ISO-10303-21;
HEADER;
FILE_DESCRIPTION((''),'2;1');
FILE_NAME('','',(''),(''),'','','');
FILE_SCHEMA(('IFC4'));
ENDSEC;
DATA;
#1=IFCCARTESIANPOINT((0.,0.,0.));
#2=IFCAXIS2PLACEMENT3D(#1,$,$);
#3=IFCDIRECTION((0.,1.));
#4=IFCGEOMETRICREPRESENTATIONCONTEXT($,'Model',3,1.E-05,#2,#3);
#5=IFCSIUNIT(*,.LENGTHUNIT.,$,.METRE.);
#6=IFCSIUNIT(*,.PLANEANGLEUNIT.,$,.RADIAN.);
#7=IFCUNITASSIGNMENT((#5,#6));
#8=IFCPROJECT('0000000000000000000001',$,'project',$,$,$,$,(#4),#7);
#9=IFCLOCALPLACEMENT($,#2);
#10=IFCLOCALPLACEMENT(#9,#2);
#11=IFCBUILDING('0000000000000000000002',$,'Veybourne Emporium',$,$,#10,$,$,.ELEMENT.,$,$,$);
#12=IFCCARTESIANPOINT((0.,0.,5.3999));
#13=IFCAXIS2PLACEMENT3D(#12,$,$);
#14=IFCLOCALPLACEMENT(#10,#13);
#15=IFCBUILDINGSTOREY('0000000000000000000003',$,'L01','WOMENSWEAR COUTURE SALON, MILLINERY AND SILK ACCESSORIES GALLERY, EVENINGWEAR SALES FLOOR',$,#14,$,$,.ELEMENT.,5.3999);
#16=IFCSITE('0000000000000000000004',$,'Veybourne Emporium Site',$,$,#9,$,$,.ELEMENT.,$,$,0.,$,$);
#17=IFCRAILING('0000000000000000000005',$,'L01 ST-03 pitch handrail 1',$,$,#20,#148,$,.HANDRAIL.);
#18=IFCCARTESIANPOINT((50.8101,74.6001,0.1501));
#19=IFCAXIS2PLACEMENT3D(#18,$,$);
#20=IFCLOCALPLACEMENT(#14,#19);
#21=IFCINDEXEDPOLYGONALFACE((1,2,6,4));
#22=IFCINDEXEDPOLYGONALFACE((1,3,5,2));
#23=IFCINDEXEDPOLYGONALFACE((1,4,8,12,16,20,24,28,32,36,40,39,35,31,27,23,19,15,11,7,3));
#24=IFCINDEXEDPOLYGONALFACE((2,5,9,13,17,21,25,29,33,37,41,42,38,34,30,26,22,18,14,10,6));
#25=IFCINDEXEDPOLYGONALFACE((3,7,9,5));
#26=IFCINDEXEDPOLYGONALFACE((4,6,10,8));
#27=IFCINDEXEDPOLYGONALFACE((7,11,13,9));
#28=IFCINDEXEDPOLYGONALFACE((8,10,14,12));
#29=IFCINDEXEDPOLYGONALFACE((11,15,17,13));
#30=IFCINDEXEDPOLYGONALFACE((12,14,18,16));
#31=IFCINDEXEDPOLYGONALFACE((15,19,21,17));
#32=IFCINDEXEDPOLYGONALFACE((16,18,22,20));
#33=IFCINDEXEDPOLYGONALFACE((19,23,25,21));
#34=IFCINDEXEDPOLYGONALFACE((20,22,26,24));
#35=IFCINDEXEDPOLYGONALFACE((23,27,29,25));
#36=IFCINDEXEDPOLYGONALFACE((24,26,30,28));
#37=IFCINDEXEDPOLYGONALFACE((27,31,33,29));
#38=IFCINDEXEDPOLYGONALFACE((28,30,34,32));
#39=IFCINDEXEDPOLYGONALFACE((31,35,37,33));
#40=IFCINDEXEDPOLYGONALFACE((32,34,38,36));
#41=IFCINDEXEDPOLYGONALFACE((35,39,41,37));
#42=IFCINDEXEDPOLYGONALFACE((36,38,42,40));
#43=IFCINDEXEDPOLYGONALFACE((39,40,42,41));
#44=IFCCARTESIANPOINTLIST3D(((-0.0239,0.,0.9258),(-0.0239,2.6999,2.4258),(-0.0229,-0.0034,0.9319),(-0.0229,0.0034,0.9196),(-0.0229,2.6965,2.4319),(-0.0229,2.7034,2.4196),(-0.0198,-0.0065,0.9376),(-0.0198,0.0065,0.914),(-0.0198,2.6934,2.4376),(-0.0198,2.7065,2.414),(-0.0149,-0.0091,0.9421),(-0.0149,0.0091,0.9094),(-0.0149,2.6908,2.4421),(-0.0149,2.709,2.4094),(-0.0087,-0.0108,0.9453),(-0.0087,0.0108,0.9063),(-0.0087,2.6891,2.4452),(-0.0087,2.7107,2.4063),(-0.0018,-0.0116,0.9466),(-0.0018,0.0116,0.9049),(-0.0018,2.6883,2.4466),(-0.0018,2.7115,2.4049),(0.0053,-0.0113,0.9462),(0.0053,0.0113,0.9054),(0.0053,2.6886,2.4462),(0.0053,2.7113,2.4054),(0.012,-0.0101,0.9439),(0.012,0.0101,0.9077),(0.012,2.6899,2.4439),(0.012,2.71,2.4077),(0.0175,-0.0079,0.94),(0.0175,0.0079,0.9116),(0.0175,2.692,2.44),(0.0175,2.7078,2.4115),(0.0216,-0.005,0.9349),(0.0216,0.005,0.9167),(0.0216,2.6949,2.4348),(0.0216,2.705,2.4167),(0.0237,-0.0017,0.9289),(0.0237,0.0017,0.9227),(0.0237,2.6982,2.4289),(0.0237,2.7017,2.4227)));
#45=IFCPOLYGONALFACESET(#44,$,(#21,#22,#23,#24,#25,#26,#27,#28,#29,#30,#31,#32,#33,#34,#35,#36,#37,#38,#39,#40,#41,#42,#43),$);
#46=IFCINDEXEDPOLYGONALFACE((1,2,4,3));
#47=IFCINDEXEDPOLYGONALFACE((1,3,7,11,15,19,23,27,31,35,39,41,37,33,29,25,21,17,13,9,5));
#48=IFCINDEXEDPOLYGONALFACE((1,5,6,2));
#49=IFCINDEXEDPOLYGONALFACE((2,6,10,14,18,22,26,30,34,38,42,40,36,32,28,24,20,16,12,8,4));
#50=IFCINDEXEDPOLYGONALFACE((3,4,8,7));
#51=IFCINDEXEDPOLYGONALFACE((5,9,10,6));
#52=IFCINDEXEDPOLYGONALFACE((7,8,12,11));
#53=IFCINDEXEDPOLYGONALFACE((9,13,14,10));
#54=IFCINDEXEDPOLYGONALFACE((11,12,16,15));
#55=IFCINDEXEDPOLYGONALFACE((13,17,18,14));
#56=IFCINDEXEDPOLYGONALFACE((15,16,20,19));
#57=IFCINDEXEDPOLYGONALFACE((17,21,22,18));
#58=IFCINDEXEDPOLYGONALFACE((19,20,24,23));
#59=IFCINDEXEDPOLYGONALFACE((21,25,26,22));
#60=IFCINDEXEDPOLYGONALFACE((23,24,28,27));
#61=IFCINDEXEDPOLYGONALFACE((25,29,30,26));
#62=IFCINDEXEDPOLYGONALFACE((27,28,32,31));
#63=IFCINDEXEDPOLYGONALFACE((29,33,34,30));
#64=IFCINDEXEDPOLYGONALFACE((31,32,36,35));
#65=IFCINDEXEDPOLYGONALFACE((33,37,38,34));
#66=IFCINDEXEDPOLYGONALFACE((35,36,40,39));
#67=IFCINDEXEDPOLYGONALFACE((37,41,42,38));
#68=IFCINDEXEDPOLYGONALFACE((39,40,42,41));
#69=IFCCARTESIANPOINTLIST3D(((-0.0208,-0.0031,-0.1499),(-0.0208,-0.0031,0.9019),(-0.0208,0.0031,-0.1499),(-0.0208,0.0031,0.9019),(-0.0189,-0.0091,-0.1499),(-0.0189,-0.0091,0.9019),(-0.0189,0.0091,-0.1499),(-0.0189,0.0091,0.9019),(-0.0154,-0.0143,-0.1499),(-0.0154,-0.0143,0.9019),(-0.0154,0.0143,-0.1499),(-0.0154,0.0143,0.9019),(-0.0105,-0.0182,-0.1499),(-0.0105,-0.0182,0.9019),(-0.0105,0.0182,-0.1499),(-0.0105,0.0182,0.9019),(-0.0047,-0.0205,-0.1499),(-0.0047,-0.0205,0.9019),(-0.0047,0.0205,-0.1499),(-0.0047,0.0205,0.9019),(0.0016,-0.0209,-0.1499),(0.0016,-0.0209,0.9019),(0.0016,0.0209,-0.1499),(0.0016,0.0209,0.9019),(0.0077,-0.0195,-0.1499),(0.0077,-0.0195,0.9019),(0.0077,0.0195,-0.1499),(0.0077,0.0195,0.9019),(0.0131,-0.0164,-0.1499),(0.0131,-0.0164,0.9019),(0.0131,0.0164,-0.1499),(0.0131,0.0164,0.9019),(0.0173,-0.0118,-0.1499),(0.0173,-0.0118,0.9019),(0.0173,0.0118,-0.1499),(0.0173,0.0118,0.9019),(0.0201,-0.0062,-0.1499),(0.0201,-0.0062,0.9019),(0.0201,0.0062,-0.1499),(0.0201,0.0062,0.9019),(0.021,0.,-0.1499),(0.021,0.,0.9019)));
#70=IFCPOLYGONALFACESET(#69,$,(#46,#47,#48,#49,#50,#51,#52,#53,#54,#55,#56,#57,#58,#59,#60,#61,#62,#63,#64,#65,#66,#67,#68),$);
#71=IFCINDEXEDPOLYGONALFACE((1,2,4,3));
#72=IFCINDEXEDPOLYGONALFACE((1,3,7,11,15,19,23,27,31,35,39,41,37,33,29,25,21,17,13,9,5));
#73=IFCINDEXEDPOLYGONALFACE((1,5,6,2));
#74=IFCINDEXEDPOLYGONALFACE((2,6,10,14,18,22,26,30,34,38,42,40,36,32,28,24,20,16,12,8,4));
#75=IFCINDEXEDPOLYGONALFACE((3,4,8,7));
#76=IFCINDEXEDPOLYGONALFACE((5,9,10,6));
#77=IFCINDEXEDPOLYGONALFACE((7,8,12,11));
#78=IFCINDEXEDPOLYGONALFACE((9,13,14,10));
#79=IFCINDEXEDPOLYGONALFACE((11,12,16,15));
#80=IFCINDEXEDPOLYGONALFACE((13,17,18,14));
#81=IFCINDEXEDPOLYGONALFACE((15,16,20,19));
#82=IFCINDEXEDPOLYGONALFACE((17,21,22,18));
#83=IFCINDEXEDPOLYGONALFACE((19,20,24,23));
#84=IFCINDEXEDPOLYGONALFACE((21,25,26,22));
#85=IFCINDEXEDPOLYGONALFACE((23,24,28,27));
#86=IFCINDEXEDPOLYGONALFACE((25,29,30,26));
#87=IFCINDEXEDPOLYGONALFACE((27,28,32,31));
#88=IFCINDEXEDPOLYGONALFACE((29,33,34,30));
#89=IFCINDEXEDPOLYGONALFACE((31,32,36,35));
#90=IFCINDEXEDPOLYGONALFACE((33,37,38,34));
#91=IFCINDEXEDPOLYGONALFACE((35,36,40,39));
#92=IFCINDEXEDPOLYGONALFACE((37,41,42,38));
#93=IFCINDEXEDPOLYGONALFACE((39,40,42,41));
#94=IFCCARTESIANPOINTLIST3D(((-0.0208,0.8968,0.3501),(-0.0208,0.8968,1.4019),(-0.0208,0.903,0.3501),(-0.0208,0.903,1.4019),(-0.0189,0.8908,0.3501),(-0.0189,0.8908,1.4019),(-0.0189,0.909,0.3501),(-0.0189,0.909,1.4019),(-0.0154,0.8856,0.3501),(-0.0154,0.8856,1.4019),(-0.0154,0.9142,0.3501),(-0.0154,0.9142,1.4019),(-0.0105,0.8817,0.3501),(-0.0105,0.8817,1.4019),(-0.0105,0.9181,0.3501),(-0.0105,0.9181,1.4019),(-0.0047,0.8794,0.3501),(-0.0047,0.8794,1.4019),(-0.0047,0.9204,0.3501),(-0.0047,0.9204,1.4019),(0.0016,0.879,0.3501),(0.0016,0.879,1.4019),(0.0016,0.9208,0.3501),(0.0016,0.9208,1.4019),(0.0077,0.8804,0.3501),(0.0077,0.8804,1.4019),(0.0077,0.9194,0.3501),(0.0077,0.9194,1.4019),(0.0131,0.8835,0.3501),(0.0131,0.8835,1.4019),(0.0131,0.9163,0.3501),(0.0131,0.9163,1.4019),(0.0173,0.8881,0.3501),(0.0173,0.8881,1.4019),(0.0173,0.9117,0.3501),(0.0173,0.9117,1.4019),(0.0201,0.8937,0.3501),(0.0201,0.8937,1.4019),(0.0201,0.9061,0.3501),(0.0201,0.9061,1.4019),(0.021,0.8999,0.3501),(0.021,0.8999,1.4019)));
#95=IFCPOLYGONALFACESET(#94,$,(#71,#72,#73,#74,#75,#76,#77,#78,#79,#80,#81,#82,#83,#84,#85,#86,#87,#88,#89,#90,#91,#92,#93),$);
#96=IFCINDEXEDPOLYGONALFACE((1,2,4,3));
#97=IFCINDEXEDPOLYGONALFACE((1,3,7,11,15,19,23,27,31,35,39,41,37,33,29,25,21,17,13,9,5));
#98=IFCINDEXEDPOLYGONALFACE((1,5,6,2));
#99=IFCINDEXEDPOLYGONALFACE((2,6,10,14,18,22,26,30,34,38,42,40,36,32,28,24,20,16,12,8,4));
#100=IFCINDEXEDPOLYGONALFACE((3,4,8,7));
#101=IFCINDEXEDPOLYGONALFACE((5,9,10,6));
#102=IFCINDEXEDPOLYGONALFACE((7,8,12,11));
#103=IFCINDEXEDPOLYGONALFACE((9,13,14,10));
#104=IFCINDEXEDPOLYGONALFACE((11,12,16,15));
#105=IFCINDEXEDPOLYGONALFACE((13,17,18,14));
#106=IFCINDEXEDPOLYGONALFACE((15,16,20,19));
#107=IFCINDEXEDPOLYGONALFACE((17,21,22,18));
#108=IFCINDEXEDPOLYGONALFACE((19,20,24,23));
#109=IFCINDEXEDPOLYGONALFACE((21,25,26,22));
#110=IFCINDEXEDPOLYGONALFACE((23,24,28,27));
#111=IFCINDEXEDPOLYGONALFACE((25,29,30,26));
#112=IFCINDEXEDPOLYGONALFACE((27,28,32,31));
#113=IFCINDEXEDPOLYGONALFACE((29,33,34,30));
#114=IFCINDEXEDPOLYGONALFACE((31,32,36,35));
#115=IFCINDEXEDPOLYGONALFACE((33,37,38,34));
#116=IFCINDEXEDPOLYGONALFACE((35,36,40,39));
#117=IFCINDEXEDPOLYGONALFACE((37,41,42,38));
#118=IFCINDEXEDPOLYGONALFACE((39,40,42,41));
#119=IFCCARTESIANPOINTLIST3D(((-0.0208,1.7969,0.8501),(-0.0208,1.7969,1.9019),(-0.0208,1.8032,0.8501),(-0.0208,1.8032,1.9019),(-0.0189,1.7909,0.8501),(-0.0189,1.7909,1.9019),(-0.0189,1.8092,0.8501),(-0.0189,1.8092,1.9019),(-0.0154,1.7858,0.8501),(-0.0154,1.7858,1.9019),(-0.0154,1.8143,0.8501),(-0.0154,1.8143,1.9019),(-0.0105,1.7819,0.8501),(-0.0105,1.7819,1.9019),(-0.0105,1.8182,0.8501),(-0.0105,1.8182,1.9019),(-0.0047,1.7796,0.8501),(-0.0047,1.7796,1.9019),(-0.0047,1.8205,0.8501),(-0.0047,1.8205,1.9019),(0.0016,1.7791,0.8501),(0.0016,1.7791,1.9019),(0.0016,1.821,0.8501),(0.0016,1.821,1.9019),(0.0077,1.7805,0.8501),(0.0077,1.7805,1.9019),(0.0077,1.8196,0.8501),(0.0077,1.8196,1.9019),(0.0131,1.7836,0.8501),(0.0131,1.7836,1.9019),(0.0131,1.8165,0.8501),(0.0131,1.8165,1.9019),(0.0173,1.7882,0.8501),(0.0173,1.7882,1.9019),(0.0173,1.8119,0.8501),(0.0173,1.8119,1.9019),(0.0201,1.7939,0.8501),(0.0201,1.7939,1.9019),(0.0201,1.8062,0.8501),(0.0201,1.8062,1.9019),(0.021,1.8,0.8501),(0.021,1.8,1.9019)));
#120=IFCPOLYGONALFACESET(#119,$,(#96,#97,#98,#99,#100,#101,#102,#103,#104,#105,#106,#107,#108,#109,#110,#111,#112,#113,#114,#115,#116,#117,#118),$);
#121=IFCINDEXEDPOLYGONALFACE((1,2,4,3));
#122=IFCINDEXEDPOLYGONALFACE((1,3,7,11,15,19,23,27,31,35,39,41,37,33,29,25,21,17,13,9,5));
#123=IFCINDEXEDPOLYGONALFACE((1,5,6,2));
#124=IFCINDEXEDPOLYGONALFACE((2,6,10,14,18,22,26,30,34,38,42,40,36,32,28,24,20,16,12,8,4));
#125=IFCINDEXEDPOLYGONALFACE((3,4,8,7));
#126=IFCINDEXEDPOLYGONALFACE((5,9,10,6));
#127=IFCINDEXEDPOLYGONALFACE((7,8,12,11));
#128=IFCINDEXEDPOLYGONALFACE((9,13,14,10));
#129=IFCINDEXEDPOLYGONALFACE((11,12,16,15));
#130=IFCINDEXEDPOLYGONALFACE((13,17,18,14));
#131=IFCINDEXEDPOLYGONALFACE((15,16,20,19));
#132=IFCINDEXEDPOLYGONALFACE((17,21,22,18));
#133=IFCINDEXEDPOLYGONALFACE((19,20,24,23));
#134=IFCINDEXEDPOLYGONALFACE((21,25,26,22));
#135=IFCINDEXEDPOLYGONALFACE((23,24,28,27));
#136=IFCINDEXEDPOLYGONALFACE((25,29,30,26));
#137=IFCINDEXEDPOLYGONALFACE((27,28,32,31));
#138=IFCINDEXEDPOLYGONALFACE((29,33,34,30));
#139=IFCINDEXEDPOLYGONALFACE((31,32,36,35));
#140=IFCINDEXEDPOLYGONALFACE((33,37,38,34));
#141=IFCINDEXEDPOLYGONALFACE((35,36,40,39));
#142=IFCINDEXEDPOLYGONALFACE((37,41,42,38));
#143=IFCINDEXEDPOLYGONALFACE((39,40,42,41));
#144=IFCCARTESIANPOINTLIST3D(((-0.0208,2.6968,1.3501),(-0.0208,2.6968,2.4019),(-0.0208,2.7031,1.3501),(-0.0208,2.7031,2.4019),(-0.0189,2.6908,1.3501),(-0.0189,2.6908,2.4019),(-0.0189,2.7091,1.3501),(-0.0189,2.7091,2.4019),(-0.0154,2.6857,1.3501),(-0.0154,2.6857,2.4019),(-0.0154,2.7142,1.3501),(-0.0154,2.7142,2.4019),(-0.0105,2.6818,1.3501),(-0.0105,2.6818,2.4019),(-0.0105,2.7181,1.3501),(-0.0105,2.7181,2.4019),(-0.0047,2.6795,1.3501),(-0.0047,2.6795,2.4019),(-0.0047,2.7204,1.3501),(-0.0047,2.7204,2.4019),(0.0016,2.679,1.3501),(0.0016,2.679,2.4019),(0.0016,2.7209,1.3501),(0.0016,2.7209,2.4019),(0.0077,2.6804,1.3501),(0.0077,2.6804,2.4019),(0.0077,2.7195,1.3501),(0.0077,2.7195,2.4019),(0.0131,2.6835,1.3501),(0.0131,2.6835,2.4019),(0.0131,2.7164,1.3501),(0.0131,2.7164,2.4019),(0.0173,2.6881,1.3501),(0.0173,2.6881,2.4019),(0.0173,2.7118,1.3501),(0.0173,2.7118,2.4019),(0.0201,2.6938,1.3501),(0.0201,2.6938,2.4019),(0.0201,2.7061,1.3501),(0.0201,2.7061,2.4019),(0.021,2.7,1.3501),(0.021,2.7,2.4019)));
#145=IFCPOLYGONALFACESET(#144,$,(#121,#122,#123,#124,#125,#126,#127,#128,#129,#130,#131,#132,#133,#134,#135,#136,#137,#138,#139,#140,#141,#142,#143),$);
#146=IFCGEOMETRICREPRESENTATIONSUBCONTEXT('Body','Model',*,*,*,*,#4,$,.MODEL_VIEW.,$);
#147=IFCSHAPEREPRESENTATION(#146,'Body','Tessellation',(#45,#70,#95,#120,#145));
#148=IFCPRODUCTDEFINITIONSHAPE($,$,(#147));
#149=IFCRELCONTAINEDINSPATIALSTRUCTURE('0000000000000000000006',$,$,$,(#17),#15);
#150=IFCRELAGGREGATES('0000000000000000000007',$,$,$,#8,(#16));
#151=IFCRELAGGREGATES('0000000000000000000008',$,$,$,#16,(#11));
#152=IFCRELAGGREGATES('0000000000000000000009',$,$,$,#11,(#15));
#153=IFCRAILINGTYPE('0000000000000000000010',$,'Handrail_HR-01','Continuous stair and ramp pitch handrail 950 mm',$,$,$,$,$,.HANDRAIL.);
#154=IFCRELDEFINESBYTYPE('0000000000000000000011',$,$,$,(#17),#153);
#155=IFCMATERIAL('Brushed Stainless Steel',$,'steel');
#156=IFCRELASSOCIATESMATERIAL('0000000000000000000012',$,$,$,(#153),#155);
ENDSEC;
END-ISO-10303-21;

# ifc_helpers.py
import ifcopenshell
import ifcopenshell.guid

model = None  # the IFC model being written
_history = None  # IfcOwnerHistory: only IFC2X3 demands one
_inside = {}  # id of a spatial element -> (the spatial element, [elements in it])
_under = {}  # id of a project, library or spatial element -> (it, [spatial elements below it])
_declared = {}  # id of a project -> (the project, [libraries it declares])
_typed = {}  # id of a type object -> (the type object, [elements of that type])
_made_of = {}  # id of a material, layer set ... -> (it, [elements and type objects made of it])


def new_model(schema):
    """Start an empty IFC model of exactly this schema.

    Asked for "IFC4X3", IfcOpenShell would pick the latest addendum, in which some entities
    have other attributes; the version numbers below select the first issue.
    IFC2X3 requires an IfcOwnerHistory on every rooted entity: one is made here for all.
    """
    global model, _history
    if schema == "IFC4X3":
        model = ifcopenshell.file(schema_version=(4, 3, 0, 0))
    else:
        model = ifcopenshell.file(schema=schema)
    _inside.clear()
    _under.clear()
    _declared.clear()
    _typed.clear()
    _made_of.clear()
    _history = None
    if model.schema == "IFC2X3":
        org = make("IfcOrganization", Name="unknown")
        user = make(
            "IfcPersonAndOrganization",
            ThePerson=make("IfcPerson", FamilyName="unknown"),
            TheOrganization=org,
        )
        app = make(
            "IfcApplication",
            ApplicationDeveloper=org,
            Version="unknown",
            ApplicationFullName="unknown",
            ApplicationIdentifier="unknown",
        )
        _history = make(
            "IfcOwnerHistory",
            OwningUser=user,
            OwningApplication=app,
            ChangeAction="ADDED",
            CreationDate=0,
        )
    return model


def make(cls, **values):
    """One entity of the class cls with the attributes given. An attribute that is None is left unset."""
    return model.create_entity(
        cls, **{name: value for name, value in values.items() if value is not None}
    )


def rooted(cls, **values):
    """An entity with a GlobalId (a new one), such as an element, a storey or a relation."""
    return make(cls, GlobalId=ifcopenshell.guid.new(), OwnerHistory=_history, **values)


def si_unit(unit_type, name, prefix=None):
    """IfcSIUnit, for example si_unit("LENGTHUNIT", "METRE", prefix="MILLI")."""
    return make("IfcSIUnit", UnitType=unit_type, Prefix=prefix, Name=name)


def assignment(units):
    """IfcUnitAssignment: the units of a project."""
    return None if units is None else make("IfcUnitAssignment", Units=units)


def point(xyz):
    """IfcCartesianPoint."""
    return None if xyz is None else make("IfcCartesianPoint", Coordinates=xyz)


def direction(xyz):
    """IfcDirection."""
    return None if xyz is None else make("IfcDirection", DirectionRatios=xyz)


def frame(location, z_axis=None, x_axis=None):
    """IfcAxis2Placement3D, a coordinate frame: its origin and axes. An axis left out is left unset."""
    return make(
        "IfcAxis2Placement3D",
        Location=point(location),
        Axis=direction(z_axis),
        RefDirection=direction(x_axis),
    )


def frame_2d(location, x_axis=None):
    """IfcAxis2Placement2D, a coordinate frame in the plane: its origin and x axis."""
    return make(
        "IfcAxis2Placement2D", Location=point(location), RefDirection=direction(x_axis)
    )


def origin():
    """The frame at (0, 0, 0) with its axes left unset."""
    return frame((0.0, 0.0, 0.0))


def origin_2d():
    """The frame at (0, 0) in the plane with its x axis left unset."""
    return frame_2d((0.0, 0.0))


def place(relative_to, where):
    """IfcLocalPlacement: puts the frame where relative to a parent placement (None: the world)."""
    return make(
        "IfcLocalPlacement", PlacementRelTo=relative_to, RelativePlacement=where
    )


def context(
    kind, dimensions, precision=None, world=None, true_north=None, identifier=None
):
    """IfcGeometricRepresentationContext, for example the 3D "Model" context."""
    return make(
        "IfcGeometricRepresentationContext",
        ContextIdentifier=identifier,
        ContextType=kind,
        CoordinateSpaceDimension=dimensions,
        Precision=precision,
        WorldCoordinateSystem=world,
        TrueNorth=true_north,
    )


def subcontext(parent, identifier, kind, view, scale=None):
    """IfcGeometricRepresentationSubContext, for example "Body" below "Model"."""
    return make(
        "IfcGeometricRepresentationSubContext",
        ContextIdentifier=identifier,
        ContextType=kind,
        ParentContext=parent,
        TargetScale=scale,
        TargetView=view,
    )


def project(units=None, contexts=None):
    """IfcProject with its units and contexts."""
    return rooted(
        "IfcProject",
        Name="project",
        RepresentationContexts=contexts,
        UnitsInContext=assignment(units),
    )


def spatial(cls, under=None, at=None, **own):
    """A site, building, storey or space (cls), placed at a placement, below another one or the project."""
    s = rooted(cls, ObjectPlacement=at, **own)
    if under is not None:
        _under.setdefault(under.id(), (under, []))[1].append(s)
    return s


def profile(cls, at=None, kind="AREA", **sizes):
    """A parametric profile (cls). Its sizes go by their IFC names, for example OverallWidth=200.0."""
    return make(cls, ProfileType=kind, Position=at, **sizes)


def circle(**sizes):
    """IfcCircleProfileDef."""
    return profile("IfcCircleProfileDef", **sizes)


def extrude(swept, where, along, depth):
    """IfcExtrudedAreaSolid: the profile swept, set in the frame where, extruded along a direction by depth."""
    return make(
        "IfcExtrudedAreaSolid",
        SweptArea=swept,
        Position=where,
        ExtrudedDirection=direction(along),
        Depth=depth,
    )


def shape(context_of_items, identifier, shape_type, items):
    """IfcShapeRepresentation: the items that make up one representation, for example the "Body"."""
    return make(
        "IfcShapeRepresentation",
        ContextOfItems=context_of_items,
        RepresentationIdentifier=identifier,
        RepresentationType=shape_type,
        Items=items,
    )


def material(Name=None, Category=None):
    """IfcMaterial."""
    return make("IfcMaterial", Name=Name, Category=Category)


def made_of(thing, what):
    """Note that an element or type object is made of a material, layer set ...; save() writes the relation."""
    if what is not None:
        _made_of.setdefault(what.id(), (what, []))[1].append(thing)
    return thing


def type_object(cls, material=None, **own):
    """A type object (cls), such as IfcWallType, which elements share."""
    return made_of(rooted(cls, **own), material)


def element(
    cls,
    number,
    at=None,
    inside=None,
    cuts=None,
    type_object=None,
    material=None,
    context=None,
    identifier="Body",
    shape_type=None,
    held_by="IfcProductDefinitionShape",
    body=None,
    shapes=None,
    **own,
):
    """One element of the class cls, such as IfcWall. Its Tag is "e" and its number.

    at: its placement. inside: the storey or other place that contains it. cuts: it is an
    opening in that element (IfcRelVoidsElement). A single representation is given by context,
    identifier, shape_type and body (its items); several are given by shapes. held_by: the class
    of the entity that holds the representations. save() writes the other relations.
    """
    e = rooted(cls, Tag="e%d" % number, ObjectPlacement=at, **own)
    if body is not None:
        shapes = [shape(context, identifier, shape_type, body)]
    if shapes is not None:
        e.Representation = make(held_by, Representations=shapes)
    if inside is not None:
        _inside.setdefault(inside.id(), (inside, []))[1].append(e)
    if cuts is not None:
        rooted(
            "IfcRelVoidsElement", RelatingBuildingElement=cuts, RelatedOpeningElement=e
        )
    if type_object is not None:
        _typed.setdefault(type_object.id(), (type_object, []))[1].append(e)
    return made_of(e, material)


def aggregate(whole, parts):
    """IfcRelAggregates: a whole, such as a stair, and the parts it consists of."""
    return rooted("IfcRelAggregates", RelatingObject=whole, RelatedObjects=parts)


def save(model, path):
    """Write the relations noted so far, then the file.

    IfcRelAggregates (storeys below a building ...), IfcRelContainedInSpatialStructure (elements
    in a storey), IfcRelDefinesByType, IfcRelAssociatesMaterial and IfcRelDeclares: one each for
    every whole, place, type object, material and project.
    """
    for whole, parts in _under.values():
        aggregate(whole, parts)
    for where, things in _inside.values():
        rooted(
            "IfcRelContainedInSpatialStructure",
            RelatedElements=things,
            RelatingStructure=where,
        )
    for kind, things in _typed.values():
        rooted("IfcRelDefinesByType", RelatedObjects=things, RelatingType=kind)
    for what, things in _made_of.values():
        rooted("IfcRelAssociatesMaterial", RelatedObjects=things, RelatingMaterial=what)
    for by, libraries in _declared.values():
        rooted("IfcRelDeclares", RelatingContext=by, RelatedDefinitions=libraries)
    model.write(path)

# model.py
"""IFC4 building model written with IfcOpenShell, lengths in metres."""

from ifc_helpers import new_model, si_unit, direction, frame, origin, origin_2d, place, context, subcontext, project, spatial, circle, extrude, material, type_object, element, save


model = new_model("IFC4")

# Units and contexts
model_context = context("Model", 3, precision=1e-05, world=origin(), true_north=direction((0.0, 1.0)))
body_context = subcontext(model_context, "Body", "Model", "MODEL_VIEW")
ifc_project = project(units=[si_unit("LENGTHUNIT", "METRE"), si_unit("PLANEANGLEUNIT", "RADIAN")], contexts=[model_context])

# Site, building, storey
site_placement = place(None, origin())
site = spatial("IfcSite", under=ifc_project, at=site_placement, Name="Veybourne Emporium Site", CompositionType="ELEMENT", RefElevation=0.0)
building_placement = place(site_placement, origin())
building = spatial("IfcBuilding", under=site, at=building_placement, Name="Veybourne Emporium", CompositionType="ELEMENT")
storey_placement = place(building_placement, frame((0.0, 0.0, 5.3999)))
storey = spatial("IfcBuildingStorey", under=building, at=storey_placement, Name="L01", Description="WOMENSWEAR COUTURE SALON, MILLINERY AND SILK ACCESSORIES GALLERY, EVENINGWEAR SALES FLOOR", CompositionType="ELEMENT", Elevation=5.3999)

# Railing
ifc_material_1 = material(Name="Brushed Stainless Steel", Category="steel")
railing_type_1 = type_object("IfcRailingType", Name="Handrail_HR-01", Description="Continuous stair and ramp pitch handrail 950 mm", PredefinedType="HANDRAIL", material=ifc_material_1)
railing_1_placement = place(storey_placement, frame((50.8101, 74.6001, 0.1501)))
element("IfcRailing", 1, at=railing_1_placement, inside=storey, type_object=railing_type_1, Name="L01 ST-03 pitch handrail 1", PredefinedType="HANDRAIL", context=body_context, shape_type="SweptSolid", body=[
    extrude(circle(Radius=0.0239, at=origin_2d()), frame((0.0, 0.0, 0.9258), z_axis=(0.0, 0.874154, 0.48565), x_axis=(-1.0, 0.0, 0.0)), (0.0, 0.0, 1.0), 3.0886),
    extrude(circle(Radius=0.021, at=origin_2d()), frame((0.0, 0.0, -0.1499)), (0.0, 0.0, 1.0), 1.0518),
    extrude(circle(Radius=0.021, at=origin_2d()), frame((0.0, 0.8999, 0.3501)), (0.0, 0.0, 1.0), 1.0518),
    extrude(circle(Radius=0.021, at=origin_2d()), frame((0.0, 1.8, 0.8501)), (0.0, 0.0, 1.0), 1.0518),
    extrude(circle(Radius=0.021, at=origin_2d()), frame((0.0, 2.7, 1.3501)), (0.0, 0.0, 1.0), 1.0518),
])

save(model, "model.ifc")
